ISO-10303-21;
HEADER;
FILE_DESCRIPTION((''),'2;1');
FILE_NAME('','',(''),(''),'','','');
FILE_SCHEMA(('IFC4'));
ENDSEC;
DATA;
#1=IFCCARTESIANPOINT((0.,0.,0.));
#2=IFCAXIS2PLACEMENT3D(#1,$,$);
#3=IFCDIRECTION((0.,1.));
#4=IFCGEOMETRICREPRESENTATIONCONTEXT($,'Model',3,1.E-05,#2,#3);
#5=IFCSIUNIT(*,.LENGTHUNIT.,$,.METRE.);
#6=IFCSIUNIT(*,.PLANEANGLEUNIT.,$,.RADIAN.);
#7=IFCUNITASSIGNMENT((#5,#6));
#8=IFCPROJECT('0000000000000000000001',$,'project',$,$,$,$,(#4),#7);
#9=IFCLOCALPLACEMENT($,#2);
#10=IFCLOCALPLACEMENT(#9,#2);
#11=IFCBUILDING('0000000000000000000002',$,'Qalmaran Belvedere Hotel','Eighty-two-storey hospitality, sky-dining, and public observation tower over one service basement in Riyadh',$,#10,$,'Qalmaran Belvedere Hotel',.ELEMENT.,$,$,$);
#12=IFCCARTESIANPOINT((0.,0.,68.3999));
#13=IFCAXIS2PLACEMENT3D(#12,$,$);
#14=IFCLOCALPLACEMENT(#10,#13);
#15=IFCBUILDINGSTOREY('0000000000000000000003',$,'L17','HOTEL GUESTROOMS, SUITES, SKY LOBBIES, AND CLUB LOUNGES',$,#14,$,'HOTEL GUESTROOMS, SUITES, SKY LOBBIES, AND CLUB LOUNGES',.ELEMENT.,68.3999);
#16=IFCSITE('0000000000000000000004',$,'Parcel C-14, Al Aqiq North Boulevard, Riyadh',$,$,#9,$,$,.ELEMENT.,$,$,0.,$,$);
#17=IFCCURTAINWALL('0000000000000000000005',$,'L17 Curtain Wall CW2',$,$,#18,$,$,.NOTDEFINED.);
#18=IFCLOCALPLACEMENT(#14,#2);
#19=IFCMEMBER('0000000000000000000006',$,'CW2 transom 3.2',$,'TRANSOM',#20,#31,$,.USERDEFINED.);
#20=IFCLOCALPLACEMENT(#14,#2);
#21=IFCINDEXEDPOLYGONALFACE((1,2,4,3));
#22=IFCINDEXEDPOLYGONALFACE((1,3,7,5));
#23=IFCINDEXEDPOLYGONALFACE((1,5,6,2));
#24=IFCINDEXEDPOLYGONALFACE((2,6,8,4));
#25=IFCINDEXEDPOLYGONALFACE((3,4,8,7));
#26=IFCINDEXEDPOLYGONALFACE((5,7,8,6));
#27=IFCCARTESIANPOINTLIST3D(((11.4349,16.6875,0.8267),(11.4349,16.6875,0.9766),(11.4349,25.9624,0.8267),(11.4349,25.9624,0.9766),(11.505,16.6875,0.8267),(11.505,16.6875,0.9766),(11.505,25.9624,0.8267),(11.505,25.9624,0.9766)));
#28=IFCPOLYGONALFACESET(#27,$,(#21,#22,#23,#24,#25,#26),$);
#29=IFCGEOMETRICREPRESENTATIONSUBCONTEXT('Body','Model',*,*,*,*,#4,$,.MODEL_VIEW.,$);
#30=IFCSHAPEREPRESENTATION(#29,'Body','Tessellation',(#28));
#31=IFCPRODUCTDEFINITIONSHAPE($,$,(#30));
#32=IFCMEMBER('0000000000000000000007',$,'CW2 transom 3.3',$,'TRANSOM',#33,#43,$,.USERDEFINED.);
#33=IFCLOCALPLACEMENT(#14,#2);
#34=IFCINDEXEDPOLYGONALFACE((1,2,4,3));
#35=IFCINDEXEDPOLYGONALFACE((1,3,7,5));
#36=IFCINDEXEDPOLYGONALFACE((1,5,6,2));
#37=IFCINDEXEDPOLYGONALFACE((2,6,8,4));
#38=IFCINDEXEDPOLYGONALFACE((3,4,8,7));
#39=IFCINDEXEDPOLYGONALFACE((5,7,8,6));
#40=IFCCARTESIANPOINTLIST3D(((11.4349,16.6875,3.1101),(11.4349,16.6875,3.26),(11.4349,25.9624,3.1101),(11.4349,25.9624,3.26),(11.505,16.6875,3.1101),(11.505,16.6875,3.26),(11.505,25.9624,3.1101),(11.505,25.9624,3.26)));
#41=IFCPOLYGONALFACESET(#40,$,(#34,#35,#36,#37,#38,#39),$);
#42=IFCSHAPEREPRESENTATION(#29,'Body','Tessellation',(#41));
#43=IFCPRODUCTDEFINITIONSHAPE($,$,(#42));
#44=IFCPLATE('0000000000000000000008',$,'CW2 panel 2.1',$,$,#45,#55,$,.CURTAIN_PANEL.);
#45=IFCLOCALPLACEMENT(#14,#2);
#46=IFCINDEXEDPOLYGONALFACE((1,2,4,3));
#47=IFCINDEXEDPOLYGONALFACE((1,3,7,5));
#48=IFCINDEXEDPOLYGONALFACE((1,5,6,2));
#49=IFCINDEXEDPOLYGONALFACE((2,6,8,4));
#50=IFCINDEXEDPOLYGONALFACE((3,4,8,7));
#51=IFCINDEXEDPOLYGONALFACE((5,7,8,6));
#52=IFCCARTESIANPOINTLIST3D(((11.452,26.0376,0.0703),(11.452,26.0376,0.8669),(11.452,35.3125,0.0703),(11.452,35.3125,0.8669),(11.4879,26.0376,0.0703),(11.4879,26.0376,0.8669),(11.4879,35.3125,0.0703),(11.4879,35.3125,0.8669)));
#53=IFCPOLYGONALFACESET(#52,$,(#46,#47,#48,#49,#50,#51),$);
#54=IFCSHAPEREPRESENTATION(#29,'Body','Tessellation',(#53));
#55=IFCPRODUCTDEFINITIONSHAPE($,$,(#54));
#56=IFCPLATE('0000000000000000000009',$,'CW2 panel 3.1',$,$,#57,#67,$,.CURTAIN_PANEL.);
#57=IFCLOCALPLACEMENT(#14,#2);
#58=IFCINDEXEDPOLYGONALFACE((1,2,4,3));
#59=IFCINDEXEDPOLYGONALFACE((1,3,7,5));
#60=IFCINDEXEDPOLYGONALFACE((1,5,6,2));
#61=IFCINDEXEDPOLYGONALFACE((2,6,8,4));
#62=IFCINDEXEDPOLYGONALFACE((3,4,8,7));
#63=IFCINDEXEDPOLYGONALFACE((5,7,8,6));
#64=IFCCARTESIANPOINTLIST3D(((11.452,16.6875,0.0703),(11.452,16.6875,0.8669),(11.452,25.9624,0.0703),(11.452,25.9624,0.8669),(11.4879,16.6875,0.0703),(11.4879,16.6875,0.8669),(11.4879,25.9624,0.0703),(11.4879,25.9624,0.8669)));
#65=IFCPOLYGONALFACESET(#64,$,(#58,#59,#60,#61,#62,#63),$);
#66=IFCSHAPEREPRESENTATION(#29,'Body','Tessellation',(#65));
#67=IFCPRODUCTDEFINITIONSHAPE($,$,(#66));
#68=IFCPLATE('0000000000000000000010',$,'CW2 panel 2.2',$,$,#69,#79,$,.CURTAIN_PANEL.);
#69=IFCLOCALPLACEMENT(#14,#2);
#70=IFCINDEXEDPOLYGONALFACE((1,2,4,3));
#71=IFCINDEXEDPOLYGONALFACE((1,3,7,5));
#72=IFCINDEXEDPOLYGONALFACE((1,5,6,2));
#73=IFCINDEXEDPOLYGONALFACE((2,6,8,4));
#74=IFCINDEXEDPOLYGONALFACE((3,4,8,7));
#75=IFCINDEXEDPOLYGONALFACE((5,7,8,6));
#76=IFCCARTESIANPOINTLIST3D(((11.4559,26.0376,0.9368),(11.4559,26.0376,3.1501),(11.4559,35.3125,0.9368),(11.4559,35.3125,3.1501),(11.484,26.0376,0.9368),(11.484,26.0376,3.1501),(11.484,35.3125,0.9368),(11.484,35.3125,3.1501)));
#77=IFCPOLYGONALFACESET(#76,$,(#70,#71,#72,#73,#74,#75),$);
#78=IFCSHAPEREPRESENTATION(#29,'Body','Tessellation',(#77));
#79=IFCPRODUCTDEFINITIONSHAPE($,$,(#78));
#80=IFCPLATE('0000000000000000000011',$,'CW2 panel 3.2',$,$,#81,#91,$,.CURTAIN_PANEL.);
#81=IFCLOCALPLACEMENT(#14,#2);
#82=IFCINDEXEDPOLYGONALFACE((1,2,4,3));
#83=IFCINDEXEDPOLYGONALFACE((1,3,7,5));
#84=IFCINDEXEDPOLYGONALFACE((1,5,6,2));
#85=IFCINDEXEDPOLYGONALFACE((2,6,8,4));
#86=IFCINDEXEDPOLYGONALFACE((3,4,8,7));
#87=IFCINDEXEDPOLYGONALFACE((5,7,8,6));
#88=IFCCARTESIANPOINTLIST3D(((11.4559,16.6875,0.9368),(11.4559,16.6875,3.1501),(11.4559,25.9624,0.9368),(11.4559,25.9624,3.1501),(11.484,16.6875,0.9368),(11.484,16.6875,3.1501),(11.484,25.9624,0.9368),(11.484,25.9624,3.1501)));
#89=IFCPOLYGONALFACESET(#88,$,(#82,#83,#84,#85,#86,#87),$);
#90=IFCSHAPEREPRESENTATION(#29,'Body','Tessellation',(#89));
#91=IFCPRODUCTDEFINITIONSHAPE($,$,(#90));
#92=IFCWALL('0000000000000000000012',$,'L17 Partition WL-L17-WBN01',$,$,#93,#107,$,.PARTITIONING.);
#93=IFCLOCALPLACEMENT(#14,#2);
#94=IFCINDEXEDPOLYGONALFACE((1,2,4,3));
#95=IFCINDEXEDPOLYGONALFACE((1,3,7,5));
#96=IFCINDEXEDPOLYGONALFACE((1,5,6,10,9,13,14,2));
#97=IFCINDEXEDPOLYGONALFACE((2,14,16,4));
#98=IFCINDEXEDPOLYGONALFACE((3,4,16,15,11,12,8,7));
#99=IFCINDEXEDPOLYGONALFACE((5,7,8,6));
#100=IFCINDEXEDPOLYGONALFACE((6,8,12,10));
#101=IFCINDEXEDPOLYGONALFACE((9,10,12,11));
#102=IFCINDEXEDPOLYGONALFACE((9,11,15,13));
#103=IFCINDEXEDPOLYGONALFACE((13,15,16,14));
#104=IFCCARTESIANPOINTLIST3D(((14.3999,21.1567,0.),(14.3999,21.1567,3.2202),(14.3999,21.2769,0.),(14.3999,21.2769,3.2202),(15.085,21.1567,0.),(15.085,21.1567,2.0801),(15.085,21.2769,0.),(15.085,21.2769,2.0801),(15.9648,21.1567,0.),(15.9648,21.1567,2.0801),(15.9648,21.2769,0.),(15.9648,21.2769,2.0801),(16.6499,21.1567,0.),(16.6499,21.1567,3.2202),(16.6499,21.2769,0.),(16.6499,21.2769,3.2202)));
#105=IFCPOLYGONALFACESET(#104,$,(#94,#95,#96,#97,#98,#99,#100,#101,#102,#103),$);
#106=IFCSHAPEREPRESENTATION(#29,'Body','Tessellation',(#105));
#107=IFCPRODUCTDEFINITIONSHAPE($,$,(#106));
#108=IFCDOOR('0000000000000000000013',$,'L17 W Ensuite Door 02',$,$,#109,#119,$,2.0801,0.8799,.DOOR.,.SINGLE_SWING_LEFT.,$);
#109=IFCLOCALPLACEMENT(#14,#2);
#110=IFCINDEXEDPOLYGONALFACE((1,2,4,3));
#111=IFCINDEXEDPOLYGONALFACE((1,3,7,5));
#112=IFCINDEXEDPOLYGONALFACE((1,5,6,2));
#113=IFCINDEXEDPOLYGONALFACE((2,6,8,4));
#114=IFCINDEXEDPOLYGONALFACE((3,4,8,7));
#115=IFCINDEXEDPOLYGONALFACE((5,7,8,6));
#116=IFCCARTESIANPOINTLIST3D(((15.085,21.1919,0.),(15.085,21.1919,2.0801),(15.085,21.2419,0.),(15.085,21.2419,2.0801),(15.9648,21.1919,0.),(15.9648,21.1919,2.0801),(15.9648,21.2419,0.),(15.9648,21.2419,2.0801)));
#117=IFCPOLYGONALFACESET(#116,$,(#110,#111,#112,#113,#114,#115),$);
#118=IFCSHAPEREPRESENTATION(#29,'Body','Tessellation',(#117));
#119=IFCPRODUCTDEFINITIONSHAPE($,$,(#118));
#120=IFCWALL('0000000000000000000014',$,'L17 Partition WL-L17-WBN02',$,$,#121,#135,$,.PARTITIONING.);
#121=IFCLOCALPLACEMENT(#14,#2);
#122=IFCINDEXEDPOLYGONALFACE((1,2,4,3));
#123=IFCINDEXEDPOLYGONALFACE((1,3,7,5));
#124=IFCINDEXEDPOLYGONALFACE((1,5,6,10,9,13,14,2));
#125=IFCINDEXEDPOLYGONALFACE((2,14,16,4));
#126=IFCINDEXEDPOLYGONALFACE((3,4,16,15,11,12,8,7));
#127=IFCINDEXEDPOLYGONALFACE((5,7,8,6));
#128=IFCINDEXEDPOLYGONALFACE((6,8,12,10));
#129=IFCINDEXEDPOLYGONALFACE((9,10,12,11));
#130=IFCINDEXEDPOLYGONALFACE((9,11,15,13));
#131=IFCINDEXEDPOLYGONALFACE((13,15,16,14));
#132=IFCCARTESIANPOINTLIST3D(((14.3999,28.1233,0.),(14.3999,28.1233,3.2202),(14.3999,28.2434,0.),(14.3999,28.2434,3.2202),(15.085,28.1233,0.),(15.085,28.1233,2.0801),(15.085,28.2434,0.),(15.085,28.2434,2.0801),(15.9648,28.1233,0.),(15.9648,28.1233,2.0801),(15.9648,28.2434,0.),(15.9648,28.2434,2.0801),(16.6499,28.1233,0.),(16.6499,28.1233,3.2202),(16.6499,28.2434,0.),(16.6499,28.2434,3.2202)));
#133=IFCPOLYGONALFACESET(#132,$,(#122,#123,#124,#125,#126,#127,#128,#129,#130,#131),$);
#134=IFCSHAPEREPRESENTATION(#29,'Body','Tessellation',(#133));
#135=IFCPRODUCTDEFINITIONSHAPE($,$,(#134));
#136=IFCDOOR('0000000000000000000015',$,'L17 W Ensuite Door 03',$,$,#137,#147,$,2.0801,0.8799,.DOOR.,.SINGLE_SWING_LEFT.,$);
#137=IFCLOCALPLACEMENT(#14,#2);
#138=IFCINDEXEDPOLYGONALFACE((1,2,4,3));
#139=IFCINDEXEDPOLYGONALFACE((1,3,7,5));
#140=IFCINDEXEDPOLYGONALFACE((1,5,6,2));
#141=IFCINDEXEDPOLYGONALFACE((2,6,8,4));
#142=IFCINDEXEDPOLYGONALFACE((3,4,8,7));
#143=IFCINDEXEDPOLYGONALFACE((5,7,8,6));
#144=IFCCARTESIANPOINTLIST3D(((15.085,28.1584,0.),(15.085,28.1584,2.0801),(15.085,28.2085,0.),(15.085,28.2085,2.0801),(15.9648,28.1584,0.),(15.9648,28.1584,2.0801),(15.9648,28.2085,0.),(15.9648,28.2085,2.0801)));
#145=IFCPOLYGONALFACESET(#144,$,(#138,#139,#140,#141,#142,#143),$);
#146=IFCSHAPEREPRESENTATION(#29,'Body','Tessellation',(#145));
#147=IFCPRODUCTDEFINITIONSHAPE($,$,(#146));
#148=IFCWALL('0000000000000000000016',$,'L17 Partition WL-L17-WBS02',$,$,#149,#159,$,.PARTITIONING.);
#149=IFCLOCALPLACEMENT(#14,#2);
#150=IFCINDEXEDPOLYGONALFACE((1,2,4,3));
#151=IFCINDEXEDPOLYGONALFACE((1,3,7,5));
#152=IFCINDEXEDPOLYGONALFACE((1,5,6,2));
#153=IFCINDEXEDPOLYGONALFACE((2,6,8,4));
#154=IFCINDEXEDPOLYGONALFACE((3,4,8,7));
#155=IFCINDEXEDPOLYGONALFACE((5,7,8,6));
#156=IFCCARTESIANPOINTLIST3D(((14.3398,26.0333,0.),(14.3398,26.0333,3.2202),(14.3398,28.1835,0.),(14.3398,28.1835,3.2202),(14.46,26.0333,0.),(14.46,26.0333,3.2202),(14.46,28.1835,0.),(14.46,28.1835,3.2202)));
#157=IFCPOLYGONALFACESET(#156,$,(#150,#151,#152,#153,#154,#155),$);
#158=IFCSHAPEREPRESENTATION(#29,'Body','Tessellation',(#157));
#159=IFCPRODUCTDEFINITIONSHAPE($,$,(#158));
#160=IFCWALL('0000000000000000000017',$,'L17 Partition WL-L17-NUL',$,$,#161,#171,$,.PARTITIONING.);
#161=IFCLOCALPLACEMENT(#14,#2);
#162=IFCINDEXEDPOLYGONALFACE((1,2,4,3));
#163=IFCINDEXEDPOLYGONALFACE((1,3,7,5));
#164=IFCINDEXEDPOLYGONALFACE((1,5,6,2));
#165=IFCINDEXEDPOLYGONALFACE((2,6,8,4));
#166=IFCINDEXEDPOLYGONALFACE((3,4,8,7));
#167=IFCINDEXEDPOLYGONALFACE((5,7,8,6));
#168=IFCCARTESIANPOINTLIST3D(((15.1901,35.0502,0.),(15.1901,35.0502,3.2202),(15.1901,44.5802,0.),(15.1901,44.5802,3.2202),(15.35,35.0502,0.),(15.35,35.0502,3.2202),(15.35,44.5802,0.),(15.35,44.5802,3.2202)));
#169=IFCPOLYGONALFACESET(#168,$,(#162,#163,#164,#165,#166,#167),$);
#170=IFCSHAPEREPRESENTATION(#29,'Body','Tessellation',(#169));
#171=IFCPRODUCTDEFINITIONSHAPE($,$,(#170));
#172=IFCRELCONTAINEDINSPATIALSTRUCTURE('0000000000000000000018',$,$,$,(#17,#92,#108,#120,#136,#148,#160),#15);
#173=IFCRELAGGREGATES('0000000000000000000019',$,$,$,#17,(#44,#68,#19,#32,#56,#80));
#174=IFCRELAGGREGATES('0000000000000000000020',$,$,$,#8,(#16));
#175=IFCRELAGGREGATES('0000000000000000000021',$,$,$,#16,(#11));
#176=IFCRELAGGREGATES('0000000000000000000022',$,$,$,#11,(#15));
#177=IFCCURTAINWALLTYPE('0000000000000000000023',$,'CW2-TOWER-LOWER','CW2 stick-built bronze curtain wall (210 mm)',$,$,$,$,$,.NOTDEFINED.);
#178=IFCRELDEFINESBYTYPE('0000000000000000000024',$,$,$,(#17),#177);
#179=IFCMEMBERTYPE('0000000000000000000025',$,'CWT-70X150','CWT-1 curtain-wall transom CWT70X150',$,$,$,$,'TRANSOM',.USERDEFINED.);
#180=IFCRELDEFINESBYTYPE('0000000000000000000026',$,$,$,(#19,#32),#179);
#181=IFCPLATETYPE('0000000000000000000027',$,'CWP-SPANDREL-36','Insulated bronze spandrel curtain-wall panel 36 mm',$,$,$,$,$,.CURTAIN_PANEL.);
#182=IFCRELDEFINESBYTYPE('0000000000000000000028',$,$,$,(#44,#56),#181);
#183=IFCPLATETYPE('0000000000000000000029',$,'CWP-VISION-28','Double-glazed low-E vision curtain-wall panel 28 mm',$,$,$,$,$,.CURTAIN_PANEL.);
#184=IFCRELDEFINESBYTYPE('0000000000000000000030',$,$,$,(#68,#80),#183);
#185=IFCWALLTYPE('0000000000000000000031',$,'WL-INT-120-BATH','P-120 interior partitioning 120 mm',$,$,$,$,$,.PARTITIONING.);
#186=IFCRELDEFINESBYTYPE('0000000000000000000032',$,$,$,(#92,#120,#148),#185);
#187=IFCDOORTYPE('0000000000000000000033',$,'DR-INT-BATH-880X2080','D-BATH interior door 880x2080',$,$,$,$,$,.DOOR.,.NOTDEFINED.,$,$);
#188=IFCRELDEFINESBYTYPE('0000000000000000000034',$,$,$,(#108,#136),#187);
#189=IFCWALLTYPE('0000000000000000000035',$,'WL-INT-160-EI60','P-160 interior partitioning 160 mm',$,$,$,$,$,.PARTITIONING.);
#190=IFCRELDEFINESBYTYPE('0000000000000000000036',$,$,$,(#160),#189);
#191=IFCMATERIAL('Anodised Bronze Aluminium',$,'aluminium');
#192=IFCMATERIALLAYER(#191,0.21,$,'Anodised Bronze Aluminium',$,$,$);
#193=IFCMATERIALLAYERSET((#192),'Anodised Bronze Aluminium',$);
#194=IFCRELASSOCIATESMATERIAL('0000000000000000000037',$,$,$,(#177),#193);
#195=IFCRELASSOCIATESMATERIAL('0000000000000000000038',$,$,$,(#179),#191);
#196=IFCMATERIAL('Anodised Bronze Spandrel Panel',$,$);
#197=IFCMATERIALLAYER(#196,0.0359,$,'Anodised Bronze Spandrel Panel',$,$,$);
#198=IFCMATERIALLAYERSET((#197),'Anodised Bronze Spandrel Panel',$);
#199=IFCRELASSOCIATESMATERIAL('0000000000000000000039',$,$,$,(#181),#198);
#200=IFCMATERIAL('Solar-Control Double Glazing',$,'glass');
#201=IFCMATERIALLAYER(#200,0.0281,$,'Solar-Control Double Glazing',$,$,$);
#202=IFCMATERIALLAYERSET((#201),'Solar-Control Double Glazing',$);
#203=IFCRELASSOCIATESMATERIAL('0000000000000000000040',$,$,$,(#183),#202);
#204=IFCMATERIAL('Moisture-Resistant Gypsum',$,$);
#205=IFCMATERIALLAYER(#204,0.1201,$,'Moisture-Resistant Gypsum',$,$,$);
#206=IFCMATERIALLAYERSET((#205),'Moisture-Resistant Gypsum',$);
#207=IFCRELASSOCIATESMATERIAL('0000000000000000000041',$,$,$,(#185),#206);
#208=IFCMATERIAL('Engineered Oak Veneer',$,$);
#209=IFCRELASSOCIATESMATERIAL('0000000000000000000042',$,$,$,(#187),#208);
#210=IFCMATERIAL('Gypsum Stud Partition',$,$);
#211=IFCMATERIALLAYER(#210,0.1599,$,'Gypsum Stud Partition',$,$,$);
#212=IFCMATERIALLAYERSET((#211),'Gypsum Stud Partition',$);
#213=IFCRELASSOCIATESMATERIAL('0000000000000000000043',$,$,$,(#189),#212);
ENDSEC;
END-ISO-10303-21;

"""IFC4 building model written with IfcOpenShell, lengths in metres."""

from ifc_helpers import new_model, si_unit, direction, frame, frame_2d, origin, origin_2d, place, context, subcontext, project, spatial, rectangle, extrude, material, layer, layer_set, material_profile, profile_set, type_object, element, fill, aggregate, save


model = new_model("IFC4")

# Units and contexts
model_context = context("Model", 3, precision=1e-05, world=origin(), true_north=direction((0.0, 1.0)))
body_context = subcontext(model_context, "Body", "Model", "MODEL_VIEW")
ifc_project = project(units=[si_unit("LENGTHUNIT", "METRE"), si_unit("PLANEANGLEUNIT", "RADIAN")], contexts=[model_context])

# Site, building, storey
site_placement = place(None, origin())
site = spatial("IfcSite", under=ifc_project, at=site_placement, Name="Parcel C-14, Al Aqiq North Boulevard, Riyadh", CompositionType="ELEMENT", RefElevation=0.0)
building_placement = place(site_placement, origin())
building = spatial("IfcBuilding", under=site, at=building_placement, Name="Qalmaran Belvedere Hotel", Description="Eighty-two-storey hospitality, sky-dining, and public observation tower over one service basement in Riyadh", LongName="Qalmaran Belvedere Hotel", CompositionType="ELEMENT")
storey_placement = place(building_placement, frame((0.0, 0.0, 68.3999)))
storey = spatial("IfcBuildingStorey", under=building, at=storey_placement, Name="L17", Description="HOTEL GUESTROOMS, SUITES, SKY LOBBIES, AND CLUB LOUNGES", LongName="HOTEL GUESTROOMS, SUITES, SKY LOBBIES, AND CLUB LOUNGES", CompositionType="ELEMENT", Elevation=68.3999)

# Curtain wall, members, plates
ifc_material_1 = material(Name="Anodised Bronze Aluminium", Category="aluminium")
ifc_layer_1 = layer(ifc_material_1, 0.21, Name="Anodised Bronze Aluminium")
ifc_layer_set_1 = layer_set([ifc_layer_1], Name="Anodised Bronze Aluminium")
curtain_wall_type = type_object("IfcCurtainWallType", Name="CW2-TOWER-LOWER", Description="CW2 stick-built bronze curtain wall (210 mm)", PredefinedType="NOTDEFINED", material=ifc_layer_set_1)
curtain_wall_placement = place(storey_placement, origin())
curtain_wall = element("IfcCurtainWall", 1, at=curtain_wall_placement, inside=storey, type_object=curtain_wall_type, Name="L17 Curtain Wall CW2", PredefinedType="NOTDEFINED")
ifc_material_profile_1 = material_profile(ifc_material_1, rectangle(XDim=0.0701, YDim=0.1499, at=origin_2d()), Name="CWT70X150")
ifc_profile_set_1 = profile_set([ifc_material_profile_1], Name="Anodised Bronze Aluminium")
member_type_1 = type_object("IfcMemberType", Name="CWT-70X150", Description="CWT-1 curtain-wall transom CWT70X150", ElementType="TRANSOM", PredefinedType="USERDEFINED", material=ifc_profile_set_1)
member_1_placement = place(storey_placement, frame((11.47, 25.9624, 0.9016), z_axis=(0.0, -1.0, 0.0), x_axis=(1.0, 0.0, 0.0)))
member_1 = element("IfcMember", 2, at=member_1_placement, type_object=member_type_1, Name="CW2 transom 3.2", ObjectType="TRANSOM", PredefinedType="USERDEFINED", context=body_context, shape_type="SweptSolid", body=[
    extrude(rectangle(XDim=0.0701, YDim=0.1499, at=origin_2d()), origin(), (0.0, 0.0, 1.0), 9.2749),
])
member_2_placement = place(storey_placement, frame((11.47, 25.9624, 3.1851), z_axis=(0.0, -1.0, 0.0), x_axis=(1.0, 0.0, 0.0)))
member_2 = element("IfcMember", 3, at=member_2_placement, type_object=member_type_1, Name="CW2 transom 3.3", ObjectType="TRANSOM", PredefinedType="USERDEFINED", context=body_context, shape_type="SweptSolid", body=[
    extrude(rectangle(XDim=0.0701, YDim=0.1499, at=origin_2d()), origin(), (0.0, 0.0, 1.0), 9.2749),
])
ifc_material_2 = material(Name="Anodised Bronze Spandrel Panel")
ifc_layer_2 = layer(ifc_material_2, 0.0359, Name="Anodised Bronze Spandrel Panel")
ifc_layer_set_2 = layer_set([ifc_layer_2], Name="Anodised Bronze Spandrel Panel")
plate_type_1 = type_object("IfcPlateType", Name="CWP-SPANDREL-36", Description="Insulated bronze spandrel curtain-wall panel 36 mm", PredefinedType="CURTAIN_PANEL", material=ifc_layer_set_2)
plate_1_placement = place(storey_placement, frame((11.47, 30.675, 0.0703), z_axis=(0.0, 0.0, 1.0), x_axis=(0.0, -1.0, 0.0)))
plate_1 = element("IfcPlate", 4, at=plate_1_placement, type_object=plate_type_1, Name="CW2 panel 2.1", PredefinedType="CURTAIN_PANEL", context=body_context, shape_type="SweptSolid", body=[
    extrude(rectangle(XDim=9.2749, YDim=0.0359, at=origin_2d()), origin(), (0.0, 0.0, 1.0), 0.7966),
])
plate_2_placement = place(storey_placement, frame((11.47, 21.325, 0.0703), z_axis=(0.0, 0.0, 1.0), x_axis=(0.0, -1.0, 0.0)))
plate_2 = element("IfcPlate", 5, at=plate_2_placement, type_object=plate_type_1, Name="CW2 panel 3.1", PredefinedType="CURTAIN_PANEL", context=body_context, shape_type="SweptSolid", body=[
    extrude(rectangle(XDim=9.2749, YDim=0.0359, at=origin_2d()), origin(), (0.0, 0.0, 1.0), 0.7966),
])
ifc_material_3 = material(Name="Solar-Control Double Glazing", Category="glass")
ifc_layer_3 = layer(ifc_material_3, 0.0281, Name="Solar-Control Double Glazing")
ifc_layer_set_3 = layer_set([ifc_layer_3], Name="Solar-Control Double Glazing")
plate_type_2 = type_object("IfcPlateType", Name="CWP-VISION-28", Description="Double-glazed low-E vision curtain-wall panel 28 mm", PredefinedType="CURTAIN_PANEL", material=ifc_layer_set_3)
plate_3_placement = place(storey_placement, frame((11.47, 30.675, 0.9368), z_axis=(0.0, 0.0, 1.0), x_axis=(0.0, -1.0, 0.0)))
plate_3 = element("IfcPlate", 6, at=plate_3_placement, type_object=plate_type_2, Name="CW2 panel 2.2", PredefinedType="CURTAIN_PANEL", context=body_context, shape_type="SweptSolid", body=[
    extrude(rectangle(XDim=9.2749, YDim=0.0281, at=origin_2d()), origin(), (0.0, 0.0, 1.0), 2.2134),
])
plate_4_placement = place(storey_placement, frame((11.47, 21.325, 0.9368), z_axis=(0.0, 0.0, 1.0), x_axis=(0.0, -1.0, 0.0)))
plate_4 = element("IfcPlate", 7, at=plate_4_placement, type_object=plate_type_2, Name="CW2 panel 3.2", PredefinedType="CURTAIN_PANEL", context=body_context, shape_type="SweptSolid", body=[
    extrude(rectangle(XDim=9.2749, YDim=0.0281, at=origin_2d()), origin(), (0.0, 0.0, 1.0), 2.2134),
])
aggregate(curtain_wall, [plate_1, plate_3, member_1, member_2, plate_2, plate_4])

# Walls, openings, doors
ifc_material_4 = material(Name="Moisture-Resistant Gypsum")
ifc_layer_4 = layer(ifc_material_4, 0.1201, Name="Moisture-Resistant Gypsum")
ifc_layer_set_4 = layer_set([ifc_layer_4], Name="Moisture-Resistant Gypsum")
wall_type_1 = type_object("IfcWallType", Name="WL-INT-120-BATH", Description="P-120 interior partitioning 120 mm", PredefinedType="PARTITIONING", material=ifc_layer_set_4)
wall_1_placement = place(storey_placement, frame((14.3999, 21.2168, 0.0), z_axis=(0.0, 0.0, 1.0), x_axis=(1.0, 0.0, 0.0)))
wall_1 = element("IfcWall", 8, at=wall_1_placement, inside=storey, type_object=wall_type_1, Name="L17 Partition WL-L17-WBN01", PredefinedType="PARTITIONING", context=body_context, shape_type="SweptSolid", body=[
    extrude(rectangle(XDim=2.25, YDim=0.1201, at=frame_2d((1.125, 0.0))), origin(), (0.0, 0.0, 1.0), 3.2202),
])
opening_1_placement = place(wall_1_placement, frame((1.5649, 0.0, 0.0), z_axis=(0.0, 0.0, 1.0), x_axis=(-1.0, 0.0, 0.0)))
opening_1 = element("IfcOpeningElement", 9, at=opening_1_placement, cuts=wall_1, PredefinedType="OPENING", context=body_context, shape_type="SweptSolid", body=[
    extrude(rectangle(XDim=0.8799, YDim=2.0801, at=frame_2d((0.4399, 1.04))), frame((0.0, 0.0701, 0.0), z_axis=(0.0, -1.0, 0.0), x_axis=(1.0, 0.0, 0.0)), (0.0, 0.0, 1.0), 0.1401),
])
ifc_material_5 = material(Name="Engineered Oak Veneer")
door_type_1 = type_object("IfcDoorType", Name="DR-INT-BATH-880X2080", Description="D-BATH interior door 880x2080", OperationType="NOTDEFINED", PredefinedType="DOOR", material=ifc_material_5)
door_1_placement = place(opening_1_placement, origin())
door_1 = element("IfcDoor", 10, at=door_1_placement, inside=storey, type_object=door_type_1, Name="L17 W Ensuite Door 02", OperationType="SINGLE_SWING_LEFT", OverallHeight=2.0801, OverallWidth=0.8799, PredefinedType="DOOR", context=body_context, shape_type="SweptSolid", body=[
    extrude(rectangle(XDim=0.8799, YDim=2.0801, at=frame_2d((0.4399, 1.04))), frame((0.0, 0.0249, 0.0), z_axis=(0.0, -1.0, 0.0), x_axis=(1.0, 0.0, 0.0)), (0.0, 0.0, 1.0), 0.05),
])
fill(opening_1, door_1)
wall_2_placement = place(storey_placement, frame((14.3999, 28.1833, 0.0), z_axis=(0.0, 0.0, 1.0), x_axis=(1.0, 0.0, 0.0)))
wall_2 = element("IfcWall", 11, at=wall_2_placement, inside=storey, type_object=wall_type_1, Name="L17 Partition WL-L17-WBN02", PredefinedType="PARTITIONING", context=body_context, shape_type="SweptSolid", body=[
    extrude(rectangle(XDim=2.25, YDim=0.1201, at=frame_2d((1.125, 0.0))), origin(), (0.0, 0.0, 1.0), 3.2202),
])
opening_2_placement = place(wall_2_placement, frame((1.5649, 0.0, 0.0), z_axis=(0.0, 0.0, 1.0), x_axis=(-1.0, 0.0, 0.0)))
opening_2 = element("IfcOpeningElement", 12, at=opening_2_placement, cuts=wall_2, PredefinedType="OPENING", context=body_context, shape_type="SweptSolid", body=[
    extrude(rectangle(XDim=0.8799, YDim=2.0801, at=frame_2d((0.4399, 1.04))), frame((0.0, 0.0701, 0.0), z_axis=(0.0, -1.0, 0.0), x_axis=(1.0, 0.0, 0.0)), (0.0, 0.0, 1.0), 0.1401),
])
door_2_placement = place(opening_2_placement, origin())
door_2 = element("IfcDoor", 13, at=door_2_placement, inside=storey, type_object=door_type_1, Name="L17 W Ensuite Door 03", OperationType="SINGLE_SWING_LEFT", OverallHeight=2.0801, OverallWidth=0.8799, PredefinedType="DOOR", context=body_context, shape_type="SweptSolid", body=[
    extrude(rectangle(XDim=0.8799, YDim=2.0801, at=frame_2d((0.4399, 1.04))), frame((0.0, 0.0249, 0.0), z_axis=(0.0, -1.0, 0.0), x_axis=(1.0, 0.0, 0.0)), (0.0, 0.0, 1.0), 0.05),
])
fill(opening_2, door_2)

# Wall
wall_3_placement = place(storey_placement, frame((14.3999, 26.0332, 0.0), z_axis=(0.0, 0.0, 1.0), x_axis=(0.0, 1.0, 0.0)))
element("IfcWall", 14, at=wall_3_placement, inside=storey, type_object=wall_type_1, Name="L17 Partition WL-L17-WBS02", PredefinedType="PARTITIONING", context=body_context, shape_type="SweptSolid", body=[
    extrude(rectangle(XDim=2.1501, YDim=0.1201, at=frame_2d((1.0752, 0.0))), origin(), (0.0, 0.0, 1.0), 3.2202),
])

# Shared definitions
ifc_material_6 = material(Name="Gypsum Stud Partition")

# Wall
ifc_layer_5 = layer(ifc_material_6, 0.1599, Name="Gypsum Stud Partition")
ifc_layer_set_5 = layer_set([ifc_layer_5], Name="Gypsum Stud Partition")
wall_type_2 = type_object("IfcWallType", Name="WL-INT-160-EI60", Description="P-160 interior partitioning 160 mm", PredefinedType="PARTITIONING", material=ifc_layer_set_5)
wall_4_placement = place(storey_placement, frame((15.27, 35.05, 0.0), z_axis=(0.0, 0.0, 1.0), x_axis=(0.0, 1.0, 0.0)))
element("IfcWall", 15, at=wall_4_placement, inside=storey, type_object=wall_type_2, Name="L17 Partition WL-L17-NUL", PredefinedType="PARTITIONING", context=body_context, shape_type="SweptSolid", body=[
    extrude(rectangle(XDim=9.53, YDim=0.1599, at=frame_2d((4.7651, 0.0))), origin(), (0.0, 0.0, 1.0), 3.2202),
])

save(model, "model.ifc")
